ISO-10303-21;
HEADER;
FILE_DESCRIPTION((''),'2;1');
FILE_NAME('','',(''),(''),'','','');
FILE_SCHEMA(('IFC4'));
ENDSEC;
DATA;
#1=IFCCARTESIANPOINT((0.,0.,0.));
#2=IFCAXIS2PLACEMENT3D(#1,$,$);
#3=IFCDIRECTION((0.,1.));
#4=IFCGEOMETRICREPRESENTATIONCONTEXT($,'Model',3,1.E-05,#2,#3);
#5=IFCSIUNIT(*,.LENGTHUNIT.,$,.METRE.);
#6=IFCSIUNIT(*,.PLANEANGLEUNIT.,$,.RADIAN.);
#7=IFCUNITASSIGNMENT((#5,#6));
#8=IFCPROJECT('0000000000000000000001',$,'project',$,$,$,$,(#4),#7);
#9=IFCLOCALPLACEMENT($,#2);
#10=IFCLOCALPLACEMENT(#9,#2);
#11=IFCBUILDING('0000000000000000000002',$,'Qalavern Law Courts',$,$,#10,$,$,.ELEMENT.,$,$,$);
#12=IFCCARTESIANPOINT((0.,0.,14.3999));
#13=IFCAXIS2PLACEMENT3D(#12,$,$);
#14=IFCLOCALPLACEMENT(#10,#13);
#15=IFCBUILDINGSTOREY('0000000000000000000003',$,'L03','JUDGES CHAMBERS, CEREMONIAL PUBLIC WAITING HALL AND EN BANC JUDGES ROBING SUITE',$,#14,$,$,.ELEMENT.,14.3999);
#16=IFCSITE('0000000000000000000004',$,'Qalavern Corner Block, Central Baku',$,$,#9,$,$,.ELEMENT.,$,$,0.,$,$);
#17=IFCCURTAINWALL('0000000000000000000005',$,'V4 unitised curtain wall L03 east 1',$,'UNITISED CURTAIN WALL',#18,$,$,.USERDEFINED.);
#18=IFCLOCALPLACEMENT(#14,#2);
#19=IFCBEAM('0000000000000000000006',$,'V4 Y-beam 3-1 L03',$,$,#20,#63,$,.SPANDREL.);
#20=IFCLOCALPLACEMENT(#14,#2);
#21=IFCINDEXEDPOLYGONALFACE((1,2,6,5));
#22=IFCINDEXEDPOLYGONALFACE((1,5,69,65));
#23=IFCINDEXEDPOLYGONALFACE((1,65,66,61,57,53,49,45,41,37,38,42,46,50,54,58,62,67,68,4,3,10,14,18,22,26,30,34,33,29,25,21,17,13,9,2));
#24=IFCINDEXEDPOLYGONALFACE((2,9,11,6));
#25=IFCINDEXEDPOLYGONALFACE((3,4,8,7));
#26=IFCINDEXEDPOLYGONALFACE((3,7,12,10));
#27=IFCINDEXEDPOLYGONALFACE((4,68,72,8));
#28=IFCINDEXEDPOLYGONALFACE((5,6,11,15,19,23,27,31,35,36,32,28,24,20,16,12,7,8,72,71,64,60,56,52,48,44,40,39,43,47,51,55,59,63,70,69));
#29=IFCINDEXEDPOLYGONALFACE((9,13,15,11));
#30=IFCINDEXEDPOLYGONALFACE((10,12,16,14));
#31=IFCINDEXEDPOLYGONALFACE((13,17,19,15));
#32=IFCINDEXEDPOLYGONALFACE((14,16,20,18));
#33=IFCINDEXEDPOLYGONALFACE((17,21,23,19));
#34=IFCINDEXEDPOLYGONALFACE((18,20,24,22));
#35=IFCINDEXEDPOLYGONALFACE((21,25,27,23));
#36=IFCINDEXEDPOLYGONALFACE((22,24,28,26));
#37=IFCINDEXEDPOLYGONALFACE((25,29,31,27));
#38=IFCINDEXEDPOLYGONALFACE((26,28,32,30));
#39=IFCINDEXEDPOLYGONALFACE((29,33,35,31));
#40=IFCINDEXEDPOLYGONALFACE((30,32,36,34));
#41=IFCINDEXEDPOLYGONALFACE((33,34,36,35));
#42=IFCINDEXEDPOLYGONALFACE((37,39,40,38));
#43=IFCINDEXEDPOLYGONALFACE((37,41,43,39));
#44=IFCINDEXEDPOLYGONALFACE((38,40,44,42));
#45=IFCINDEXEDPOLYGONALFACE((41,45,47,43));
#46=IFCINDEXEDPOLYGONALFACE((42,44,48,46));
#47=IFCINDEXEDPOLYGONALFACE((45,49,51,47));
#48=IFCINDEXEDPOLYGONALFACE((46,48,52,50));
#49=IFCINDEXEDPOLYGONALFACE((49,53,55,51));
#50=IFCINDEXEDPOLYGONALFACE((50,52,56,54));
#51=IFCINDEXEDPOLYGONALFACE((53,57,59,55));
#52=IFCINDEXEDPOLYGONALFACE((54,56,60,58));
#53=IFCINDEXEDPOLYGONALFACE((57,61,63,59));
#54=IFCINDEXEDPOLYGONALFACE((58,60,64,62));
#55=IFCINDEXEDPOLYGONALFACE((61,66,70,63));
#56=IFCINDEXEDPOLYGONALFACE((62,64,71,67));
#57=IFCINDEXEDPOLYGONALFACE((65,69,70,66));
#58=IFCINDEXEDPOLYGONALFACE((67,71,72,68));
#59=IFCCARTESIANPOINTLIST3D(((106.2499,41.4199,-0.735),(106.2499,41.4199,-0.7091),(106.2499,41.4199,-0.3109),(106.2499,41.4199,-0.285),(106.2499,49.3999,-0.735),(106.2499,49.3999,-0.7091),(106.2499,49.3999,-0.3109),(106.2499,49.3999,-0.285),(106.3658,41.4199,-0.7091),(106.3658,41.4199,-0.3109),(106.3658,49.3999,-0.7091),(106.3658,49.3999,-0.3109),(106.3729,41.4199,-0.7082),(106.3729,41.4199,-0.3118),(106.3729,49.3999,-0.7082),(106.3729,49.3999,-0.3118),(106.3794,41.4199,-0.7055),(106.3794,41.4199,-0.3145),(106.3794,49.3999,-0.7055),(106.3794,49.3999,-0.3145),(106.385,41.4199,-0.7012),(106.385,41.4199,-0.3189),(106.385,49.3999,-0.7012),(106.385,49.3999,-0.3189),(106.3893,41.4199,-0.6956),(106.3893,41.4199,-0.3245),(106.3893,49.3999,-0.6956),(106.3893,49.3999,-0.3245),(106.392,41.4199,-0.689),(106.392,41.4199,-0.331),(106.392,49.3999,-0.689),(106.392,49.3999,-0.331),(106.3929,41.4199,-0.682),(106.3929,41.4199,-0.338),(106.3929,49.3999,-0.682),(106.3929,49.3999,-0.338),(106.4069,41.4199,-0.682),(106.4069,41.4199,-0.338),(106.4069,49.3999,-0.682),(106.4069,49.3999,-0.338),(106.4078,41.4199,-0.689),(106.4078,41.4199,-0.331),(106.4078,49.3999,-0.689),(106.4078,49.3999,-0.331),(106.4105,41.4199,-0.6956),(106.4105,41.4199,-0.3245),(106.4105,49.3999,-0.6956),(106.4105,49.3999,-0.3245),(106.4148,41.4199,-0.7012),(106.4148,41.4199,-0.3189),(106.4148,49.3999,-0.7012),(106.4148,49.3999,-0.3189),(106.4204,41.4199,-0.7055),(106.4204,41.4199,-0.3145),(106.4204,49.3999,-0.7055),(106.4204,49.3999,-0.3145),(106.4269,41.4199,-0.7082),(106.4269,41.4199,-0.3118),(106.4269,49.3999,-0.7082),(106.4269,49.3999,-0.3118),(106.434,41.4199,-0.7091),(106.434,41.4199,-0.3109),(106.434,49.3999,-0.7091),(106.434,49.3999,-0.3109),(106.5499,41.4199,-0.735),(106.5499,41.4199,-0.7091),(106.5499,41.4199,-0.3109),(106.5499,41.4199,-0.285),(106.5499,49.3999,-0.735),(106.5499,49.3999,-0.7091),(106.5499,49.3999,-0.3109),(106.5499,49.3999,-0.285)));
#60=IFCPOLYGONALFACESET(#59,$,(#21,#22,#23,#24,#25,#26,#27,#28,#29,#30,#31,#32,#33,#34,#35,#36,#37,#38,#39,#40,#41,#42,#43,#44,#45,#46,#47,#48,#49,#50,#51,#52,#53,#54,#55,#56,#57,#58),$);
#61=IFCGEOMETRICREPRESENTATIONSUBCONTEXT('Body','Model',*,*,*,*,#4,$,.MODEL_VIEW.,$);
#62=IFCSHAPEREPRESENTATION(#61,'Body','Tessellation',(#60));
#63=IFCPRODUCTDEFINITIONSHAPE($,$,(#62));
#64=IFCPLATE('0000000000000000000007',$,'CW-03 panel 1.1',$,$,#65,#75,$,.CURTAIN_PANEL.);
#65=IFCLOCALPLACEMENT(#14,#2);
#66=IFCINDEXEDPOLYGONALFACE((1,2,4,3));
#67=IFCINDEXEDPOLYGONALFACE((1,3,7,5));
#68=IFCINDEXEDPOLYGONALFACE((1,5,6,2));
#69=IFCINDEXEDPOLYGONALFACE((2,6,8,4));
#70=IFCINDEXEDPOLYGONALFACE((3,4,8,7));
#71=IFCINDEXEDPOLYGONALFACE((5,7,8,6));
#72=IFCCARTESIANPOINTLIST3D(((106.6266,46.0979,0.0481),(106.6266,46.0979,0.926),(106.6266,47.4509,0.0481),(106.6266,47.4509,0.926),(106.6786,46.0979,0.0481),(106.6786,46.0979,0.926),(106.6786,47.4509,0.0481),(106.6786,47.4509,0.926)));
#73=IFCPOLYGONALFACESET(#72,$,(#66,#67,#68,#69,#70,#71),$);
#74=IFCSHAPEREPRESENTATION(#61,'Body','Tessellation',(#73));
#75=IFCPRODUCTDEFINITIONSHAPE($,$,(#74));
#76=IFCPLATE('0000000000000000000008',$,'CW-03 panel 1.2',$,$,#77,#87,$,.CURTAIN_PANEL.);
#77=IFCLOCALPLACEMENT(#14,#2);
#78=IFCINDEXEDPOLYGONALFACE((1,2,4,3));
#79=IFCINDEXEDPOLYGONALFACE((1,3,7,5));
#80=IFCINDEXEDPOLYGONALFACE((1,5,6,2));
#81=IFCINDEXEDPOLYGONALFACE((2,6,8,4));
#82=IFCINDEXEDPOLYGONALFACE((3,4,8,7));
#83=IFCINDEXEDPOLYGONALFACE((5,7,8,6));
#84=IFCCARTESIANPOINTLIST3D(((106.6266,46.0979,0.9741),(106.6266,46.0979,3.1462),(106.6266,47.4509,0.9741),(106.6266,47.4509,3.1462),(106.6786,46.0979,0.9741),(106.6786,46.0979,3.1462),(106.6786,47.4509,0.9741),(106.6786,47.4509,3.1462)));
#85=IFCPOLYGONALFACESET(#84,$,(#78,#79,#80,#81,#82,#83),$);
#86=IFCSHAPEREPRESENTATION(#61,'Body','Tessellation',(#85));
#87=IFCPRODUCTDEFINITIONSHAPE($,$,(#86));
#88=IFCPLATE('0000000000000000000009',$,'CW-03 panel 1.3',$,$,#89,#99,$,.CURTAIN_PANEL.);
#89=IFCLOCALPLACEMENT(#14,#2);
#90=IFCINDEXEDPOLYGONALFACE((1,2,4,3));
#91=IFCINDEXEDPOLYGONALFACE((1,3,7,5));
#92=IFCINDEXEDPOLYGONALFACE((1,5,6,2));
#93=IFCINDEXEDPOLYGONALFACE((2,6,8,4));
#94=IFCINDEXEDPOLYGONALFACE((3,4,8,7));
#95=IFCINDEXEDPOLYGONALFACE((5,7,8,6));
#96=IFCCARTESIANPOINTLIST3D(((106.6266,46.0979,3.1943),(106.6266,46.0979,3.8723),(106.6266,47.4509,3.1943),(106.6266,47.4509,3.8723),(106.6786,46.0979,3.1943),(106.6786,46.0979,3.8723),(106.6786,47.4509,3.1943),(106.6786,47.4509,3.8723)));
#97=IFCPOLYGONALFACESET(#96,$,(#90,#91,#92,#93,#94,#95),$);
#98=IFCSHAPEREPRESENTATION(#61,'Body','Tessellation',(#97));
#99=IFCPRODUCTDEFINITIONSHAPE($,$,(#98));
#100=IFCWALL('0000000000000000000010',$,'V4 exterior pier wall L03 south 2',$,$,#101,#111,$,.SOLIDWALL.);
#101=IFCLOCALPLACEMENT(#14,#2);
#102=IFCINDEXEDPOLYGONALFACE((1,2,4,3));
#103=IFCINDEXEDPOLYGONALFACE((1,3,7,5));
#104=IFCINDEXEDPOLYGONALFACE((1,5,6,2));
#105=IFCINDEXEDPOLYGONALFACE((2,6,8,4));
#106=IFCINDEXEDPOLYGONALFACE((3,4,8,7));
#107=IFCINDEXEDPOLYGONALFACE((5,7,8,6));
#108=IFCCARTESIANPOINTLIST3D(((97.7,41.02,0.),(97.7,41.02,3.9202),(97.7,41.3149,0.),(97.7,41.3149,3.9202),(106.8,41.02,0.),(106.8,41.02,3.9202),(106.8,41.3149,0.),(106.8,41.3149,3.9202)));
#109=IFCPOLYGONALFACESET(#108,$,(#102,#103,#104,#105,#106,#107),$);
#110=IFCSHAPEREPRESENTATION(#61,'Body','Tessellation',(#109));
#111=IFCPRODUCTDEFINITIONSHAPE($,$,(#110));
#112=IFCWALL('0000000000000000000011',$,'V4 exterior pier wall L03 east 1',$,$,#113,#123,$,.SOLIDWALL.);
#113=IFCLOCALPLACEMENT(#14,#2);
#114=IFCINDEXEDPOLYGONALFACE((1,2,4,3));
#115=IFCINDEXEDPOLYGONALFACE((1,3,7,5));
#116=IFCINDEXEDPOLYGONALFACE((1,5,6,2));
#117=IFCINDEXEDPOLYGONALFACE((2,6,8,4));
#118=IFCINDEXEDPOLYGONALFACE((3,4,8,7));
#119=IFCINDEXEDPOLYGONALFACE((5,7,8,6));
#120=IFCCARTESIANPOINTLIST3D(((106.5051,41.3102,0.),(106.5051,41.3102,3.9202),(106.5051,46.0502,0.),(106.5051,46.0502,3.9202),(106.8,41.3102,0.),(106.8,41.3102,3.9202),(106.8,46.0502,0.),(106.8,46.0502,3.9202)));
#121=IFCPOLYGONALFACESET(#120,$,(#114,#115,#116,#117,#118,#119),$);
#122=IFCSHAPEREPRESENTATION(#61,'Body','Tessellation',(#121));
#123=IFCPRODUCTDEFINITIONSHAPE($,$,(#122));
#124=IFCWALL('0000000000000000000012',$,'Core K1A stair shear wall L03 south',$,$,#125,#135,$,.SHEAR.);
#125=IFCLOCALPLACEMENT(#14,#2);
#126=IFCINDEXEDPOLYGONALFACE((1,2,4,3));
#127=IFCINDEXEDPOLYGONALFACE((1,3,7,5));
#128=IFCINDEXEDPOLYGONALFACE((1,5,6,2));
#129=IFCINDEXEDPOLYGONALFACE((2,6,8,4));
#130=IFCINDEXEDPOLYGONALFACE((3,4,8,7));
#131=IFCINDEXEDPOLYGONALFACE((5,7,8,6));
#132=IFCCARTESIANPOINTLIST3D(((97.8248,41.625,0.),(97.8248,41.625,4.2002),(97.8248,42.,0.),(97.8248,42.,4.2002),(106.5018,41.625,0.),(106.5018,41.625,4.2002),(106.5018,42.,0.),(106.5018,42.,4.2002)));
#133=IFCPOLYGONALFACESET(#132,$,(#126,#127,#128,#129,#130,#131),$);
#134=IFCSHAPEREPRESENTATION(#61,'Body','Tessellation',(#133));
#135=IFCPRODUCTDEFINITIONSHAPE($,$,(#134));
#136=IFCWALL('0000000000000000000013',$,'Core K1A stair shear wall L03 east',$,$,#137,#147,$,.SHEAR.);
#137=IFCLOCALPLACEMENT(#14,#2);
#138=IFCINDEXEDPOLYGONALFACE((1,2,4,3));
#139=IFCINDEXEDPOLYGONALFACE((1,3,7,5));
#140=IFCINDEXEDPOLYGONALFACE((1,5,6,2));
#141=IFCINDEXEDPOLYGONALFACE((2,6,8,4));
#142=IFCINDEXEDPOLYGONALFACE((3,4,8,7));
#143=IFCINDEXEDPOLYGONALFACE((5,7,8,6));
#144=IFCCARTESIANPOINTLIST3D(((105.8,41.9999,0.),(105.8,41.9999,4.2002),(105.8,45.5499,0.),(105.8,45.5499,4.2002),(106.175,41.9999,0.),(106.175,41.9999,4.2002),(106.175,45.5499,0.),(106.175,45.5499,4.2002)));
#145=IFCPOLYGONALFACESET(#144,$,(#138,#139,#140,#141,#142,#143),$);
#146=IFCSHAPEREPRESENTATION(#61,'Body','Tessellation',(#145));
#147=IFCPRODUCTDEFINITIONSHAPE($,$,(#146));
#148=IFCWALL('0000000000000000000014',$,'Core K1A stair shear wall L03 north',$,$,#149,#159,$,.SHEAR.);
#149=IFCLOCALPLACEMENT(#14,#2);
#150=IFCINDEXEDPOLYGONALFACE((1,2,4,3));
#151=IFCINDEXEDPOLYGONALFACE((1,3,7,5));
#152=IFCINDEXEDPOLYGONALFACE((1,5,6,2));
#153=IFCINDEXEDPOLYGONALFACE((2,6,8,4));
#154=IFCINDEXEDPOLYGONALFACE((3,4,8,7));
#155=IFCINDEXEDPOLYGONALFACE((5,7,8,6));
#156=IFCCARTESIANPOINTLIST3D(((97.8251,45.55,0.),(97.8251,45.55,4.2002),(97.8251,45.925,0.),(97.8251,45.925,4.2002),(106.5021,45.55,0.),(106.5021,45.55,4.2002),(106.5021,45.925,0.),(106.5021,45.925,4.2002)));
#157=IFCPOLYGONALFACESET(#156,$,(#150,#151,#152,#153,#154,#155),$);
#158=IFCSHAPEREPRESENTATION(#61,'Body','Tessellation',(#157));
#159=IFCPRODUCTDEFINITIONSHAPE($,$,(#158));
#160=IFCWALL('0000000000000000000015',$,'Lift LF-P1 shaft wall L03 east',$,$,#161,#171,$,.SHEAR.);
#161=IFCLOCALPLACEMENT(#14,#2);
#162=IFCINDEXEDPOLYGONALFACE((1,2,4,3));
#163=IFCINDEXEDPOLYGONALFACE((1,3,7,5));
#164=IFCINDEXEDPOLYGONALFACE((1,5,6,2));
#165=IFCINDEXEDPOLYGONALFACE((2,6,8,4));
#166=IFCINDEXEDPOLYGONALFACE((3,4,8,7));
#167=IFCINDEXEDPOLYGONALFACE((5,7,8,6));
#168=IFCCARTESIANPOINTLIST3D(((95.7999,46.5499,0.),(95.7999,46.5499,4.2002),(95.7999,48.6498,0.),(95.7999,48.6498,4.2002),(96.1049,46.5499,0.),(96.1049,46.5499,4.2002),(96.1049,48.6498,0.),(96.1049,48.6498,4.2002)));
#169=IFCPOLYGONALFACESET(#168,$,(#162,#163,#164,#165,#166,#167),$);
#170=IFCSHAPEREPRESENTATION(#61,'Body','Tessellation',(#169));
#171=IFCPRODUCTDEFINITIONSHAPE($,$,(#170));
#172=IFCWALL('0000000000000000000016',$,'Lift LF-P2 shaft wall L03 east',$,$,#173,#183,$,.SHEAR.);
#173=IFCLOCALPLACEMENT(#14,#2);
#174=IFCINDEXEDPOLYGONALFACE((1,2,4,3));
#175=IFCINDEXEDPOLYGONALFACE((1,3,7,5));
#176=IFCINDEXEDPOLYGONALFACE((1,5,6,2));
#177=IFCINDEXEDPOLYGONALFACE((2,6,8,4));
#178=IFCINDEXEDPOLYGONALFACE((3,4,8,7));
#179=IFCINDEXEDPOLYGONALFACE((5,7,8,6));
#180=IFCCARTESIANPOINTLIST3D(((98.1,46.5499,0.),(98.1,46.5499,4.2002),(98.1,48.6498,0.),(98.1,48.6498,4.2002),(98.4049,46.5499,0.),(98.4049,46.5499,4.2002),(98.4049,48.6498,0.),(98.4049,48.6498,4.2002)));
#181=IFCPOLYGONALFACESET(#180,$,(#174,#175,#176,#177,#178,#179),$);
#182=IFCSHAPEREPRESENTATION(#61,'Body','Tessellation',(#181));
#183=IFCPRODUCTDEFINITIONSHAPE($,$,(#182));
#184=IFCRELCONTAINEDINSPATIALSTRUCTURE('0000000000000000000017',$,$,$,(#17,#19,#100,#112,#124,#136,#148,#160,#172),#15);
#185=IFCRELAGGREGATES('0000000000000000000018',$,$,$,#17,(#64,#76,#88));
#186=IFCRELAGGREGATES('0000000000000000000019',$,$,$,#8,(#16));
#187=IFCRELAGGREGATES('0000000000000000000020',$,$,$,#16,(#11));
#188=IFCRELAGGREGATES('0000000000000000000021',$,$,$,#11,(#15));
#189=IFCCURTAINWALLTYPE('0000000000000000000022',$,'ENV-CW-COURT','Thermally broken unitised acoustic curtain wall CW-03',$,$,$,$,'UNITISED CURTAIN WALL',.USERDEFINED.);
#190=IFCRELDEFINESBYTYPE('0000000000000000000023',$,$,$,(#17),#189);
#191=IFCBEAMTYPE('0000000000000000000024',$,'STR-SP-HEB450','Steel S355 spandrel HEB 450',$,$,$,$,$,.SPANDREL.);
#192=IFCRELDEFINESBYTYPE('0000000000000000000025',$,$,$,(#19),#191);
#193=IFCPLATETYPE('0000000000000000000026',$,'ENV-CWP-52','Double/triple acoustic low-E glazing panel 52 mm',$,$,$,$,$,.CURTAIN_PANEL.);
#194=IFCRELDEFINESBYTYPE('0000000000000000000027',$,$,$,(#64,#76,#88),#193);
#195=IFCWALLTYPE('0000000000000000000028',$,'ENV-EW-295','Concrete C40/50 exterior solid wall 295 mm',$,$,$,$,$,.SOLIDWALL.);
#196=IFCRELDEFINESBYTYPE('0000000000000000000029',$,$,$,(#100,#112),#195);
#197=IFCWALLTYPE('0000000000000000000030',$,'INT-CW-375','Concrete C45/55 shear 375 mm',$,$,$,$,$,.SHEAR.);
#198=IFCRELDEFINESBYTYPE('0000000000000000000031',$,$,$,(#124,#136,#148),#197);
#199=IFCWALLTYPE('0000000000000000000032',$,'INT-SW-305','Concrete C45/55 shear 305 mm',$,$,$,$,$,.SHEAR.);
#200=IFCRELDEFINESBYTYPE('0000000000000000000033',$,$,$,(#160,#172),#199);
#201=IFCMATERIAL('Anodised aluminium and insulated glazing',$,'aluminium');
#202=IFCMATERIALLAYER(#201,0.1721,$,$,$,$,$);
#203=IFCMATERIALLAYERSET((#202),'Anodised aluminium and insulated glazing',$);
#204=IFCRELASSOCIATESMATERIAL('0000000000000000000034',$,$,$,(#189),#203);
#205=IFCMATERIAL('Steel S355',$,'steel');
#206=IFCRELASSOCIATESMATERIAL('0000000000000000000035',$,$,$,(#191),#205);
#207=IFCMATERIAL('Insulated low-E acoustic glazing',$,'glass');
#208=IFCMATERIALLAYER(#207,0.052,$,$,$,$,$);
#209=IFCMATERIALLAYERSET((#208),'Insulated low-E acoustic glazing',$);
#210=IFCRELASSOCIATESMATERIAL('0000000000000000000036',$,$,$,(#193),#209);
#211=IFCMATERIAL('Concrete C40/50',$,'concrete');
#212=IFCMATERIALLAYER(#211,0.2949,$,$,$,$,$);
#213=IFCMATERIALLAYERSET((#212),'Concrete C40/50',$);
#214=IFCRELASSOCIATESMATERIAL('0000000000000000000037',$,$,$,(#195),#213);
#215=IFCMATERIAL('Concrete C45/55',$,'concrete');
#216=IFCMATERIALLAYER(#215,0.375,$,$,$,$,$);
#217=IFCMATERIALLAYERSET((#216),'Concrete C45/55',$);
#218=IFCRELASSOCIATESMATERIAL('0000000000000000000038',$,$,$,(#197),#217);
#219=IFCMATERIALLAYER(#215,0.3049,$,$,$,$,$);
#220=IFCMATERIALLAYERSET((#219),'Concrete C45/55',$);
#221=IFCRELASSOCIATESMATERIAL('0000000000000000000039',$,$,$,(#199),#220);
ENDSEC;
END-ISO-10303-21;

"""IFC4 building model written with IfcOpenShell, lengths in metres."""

from ifc_helpers import new_model, si_unit, direction, frame, frame_2d, origin, origin_2d, place, context, subcontext, project, spatial, rectangle, i_section, extrude, material, layer, layer_set, material_profile, profile_set, type_object, element, aggregate, save


model = new_model("IFC4")

# Units and contexts
model_context = context("Model", 3, precision=1e-05, world=origin(), true_north=direction((0.0, 1.0)))
body_context = subcontext(model_context, "Body", "Model", "MODEL_VIEW")
ifc_project = project(units=[si_unit("LENGTHUNIT", "METRE"), si_unit("PLANEANGLEUNIT", "RADIAN")], contexts=[model_context])

# Site, building, storey
site_placement = place(None, origin())
site = spatial("IfcSite", under=ifc_project, at=site_placement, Name="Qalavern Corner Block, Central Baku", CompositionType="ELEMENT", RefElevation=0.0)
building_placement = place(site_placement, origin())
building = spatial("IfcBuilding", under=site, at=building_placement, Name="Qalavern Law Courts", CompositionType="ELEMENT")
storey_placement = place(building_placement, frame((0.0, 0.0, 14.3999)))
storey = spatial("IfcBuildingStorey", under=building, at=storey_placement, Name="L03", Description="JUDGES CHAMBERS, CEREMONIAL PUBLIC WAITING HALL AND EN BANC JUDGES ROBING SUITE", CompositionType="ELEMENT", Elevation=14.3999)

# Shared definitions
ifc_material_1 = material(Name="Concrete C45/55", Category="concrete")

# Curtain wall
ifc_material_2 = material(Name="Anodised aluminium and insulated glazing", Category="aluminium")
ifc_layer_1 = layer(ifc_material_2, 0.1721)
ifc_layer_set_1 = layer_set([ifc_layer_1], Name="Anodised aluminium and insulated glazing")
curtain_wall_type = type_object("IfcCurtainWallType", Name="ENV-CW-COURT", Description="Thermally broken unitised acoustic curtain wall CW-03", ElementType="UNITISED CURTAIN WALL", PredefinedType="USERDEFINED", material=ifc_layer_set_1)
curtain_wall_placement = place(storey_placement, origin())
curtain_wall = element("IfcCurtainWall", 1, at=curtain_wall_placement, inside=storey, type_object=curtain_wall_type, Name="V4 unitised curtain wall L03 east 1", ObjectType="UNITISED CURTAIN WALL", PredefinedType="USERDEFINED")

# Beam
ifc_material_3 = material(Name="Steel S355", Category="steel")
ifc_material_profile_1 = material_profile(ifc_material_3, i_section(OverallWidth=0.3, OverallDepth=0.45, WebThickness=0.0139, FlangeThickness=0.0259, FilletRadius=0.0271, at=origin_2d()), Name="HEB 450")
ifc_profile_set_1 = profile_set([ifc_material_profile_1], Name="Steel S355")
beam_type = type_object("IfcBeamType", Name="STR-SP-HEB450", Description="Steel S355 spandrel HEB 450", PredefinedType="SPANDREL", material=ifc_profile_set_1)
beam_placement = place(storey_placement, frame((106.3999, 41.4199, -0.51), z_axis=(0.0, 1.0, 0.0), x_axis=(-1.0, 0.0, 0.0)))
element("IfcBeam", 2, at=beam_placement, inside=storey, type_object=beam_type, Name="V4 Y-beam 3-1 L03", PredefinedType="SPANDREL", context=body_context, shape_type="SweptSolid", body=[
    extrude(i_section(OverallWidth=0.3, OverallDepth=0.45, WebThickness=0.0139, FlangeThickness=0.0259, FilletRadius=0.0271, at=origin_2d()), origin(), (0.0, 0.0, 1.0), 7.98),
])

# Plates
ifc_material_4 = material(Name="Insulated low-E acoustic glazing", Category="glass")
ifc_layer_2 = layer(ifc_material_4, 0.052)
ifc_layer_set_2 = layer_set([ifc_layer_2], Name="Insulated low-E acoustic glazing")
plate_type = type_object("IfcPlateType", Name="ENV-CWP-52", Description="Double/triple acoustic low-E glazing panel 52 mm", PredefinedType="CURTAIN_PANEL", material=ifc_layer_set_2)
plate_1_placement = place(storey_placement, frame((106.6526, 46.7744, 0.0481), z_axis=(0.0, 0.0, 1.0), x_axis=(0.0, 1.0, 0.0)))
plate_1 = element("IfcPlate", 3, at=plate_1_placement, type_object=plate_type, Name="CW-03 panel 1.1", PredefinedType="CURTAIN_PANEL", context=body_context, shape_type="SweptSolid", body=[
    extrude(rectangle(XDim=1.353, YDim=0.052, at=origin_2d()), origin(), (0.0, 0.0, 1.0), 0.8779),
])
plate_2_placement = place(storey_placement, frame((106.6526, 46.7744, 0.9741), z_axis=(0.0, 0.0, 1.0), x_axis=(0.0, 1.0, 0.0)))
plate_2 = element("IfcPlate", 4, at=plate_2_placement, type_object=plate_type, Name="CW-03 panel 1.2", PredefinedType="CURTAIN_PANEL", context=body_context, shape_type="SweptSolid", body=[
    extrude(rectangle(XDim=1.353, YDim=0.052, at=origin_2d()), origin(), (0.0, 0.0, 1.0), 2.1721),
])
plate_3_placement = place(storey_placement, frame((106.6526, 46.7744, 3.1943), z_axis=(0.0, 0.0, 1.0), x_axis=(0.0, 1.0, 0.0)))
plate_3 = element("IfcPlate", 5, at=plate_3_placement, type_object=plate_type, Name="CW-03 panel 1.3", PredefinedType="CURTAIN_PANEL", context=body_context, shape_type="SweptSolid", body=[
    extrude(rectangle(XDim=1.353, YDim=0.052, at=origin_2d()), origin(), (0.0, 0.0, 1.0), 0.678),
])
aggregate(curtain_wall, [plate_1, plate_2, plate_3])

# Walls
ifc_material_5 = material(Name="Concrete C40/50", Category="concrete")
ifc_layer_3 = layer(ifc_material_5, 0.2949)
ifc_layer_set_3 = layer_set([ifc_layer_3], Name="Concrete C40/50")
wall_type_1 = type_object("IfcWallType", Name="ENV-EW-295", Description="Concrete C40/50 exterior solid wall 295 mm", PredefinedType="SOLIDWALL", material=ifc_layer_set_3)
wall_1_placement = place(storey_placement, frame((97.7, 41.1675, 0.0), z_axis=(0.0, 0.0, 1.0), x_axis=(1.0, 0.0, 0.0)))
element("IfcWall", 6, at=wall_1_placement, inside=storey, type_object=wall_type_1, Name="V4 exterior pier wall L03 south 2", PredefinedType="SOLIDWALL", context=body_context, shape_type="SweptSolid", body=[
    extrude(rectangle(XDim=9.1001, YDim=0.2949, at=frame_2d((4.55, 0.0))), origin(), (0.0, 0.0, 1.0), 3.9202),
])
wall_2_placement = place(storey_placement, frame((106.6526, 41.3101, 0.0), z_axis=(0.0, 0.0, 1.0), x_axis=(0.0, 1.0, 0.0)))
element("IfcWall", 7, at=wall_2_placement, inside=storey, type_object=wall_type_1, Name="V4 exterior pier wall L03 east 1", PredefinedType="SOLIDWALL", context=body_context, shape_type="SweptSolid", body=[
    extrude(rectangle(XDim=4.74, YDim=0.2949, at=frame_2d((2.3701, 0.0))), origin(), (0.0, 0.0, 1.0), 3.9202),
])
ifc_layer_4 = layer(ifc_material_1, 0.375)
ifc_layer_set_4 = layer_set([ifc_layer_4], Name="Concrete C45/55")
wall_type_2 = type_object("IfcWallType", Name="INT-CW-375", Description="Concrete C45/55 shear 375 mm", PredefinedType="SHEAR", material=ifc_layer_set_4)
wall_3_placement = place(storey_placement, frame((97.825, 41.8125, 0.0), z_axis=(0.0, 0.0, 1.0), x_axis=(1.0, 0.0, 0.0)))
element("IfcWall", 8, at=wall_3_placement, inside=storey, type_object=wall_type_2, Name="Core K1A stair shear wall L03 south", PredefinedType="SHEAR", context=body_context, shape_type="SweptSolid", body=[
    extrude(rectangle(XDim=8.677, YDim=0.375, at=frame_2d((4.3384, 0.0))), origin(), (0.0, 0.0, 1.0), 4.2002),
])
wall_4_placement = place(storey_placement, frame((105.9875, 42.0, 0.0), z_axis=(0.0, 0.0, 1.0), x_axis=(0.0, 1.0, 0.0)))
element("IfcWall", 9, at=wall_4_placement, inside=storey, type_object=wall_type_2, Name="Core K1A stair shear wall L03 east", PredefinedType="SHEAR", context=body_context, shape_type="SweptSolid", body=[
    extrude(rectangle(XDim=3.55, YDim=0.375, at=frame_2d((1.7749, 0.0))), origin(), (0.0, 0.0, 1.0), 4.2002),
])
wall_5_placement = place(storey_placement, frame((106.502, 45.7375, 0.0), z_axis=(0.0, 0.0, 1.0), x_axis=(-1.0, 0.0, 0.0)))
element("IfcWall", 10, at=wall_5_placement, inside=storey, type_object=wall_type_2, Name="Core K1A stair shear wall L03 north", PredefinedType="SHEAR", context=body_context, shape_type="SweptSolid", body=[
    extrude(rectangle(XDim=8.677, YDim=0.375, at=frame_2d((4.3384, 0.0))), origin(), (0.0, 0.0, 1.0), 4.2002),
])

# Walls
ifc_layer_5 = layer(ifc_material_1, 0.3049)
ifc_layer_set_5 = layer_set([ifc_layer_5], Name="Concrete C45/55")
wall_type_3 = type_object("IfcWallType", Name="INT-SW-305", Description="Concrete C45/55 shear 305 mm", PredefinedType="SHEAR", material=ifc_layer_set_5)
for number, where, z_axis, x_axis, name in (
    (11, (95.9524, 46.55, 0.0), (0.0, 0.0, 1.0), (0.0, 1.0, 0.0), "Lift LF-P1 shaft wall L03 east"),
    (12, (98.2524, 46.55, 0.0), (0.0, 0.0, 1.0), (0.0, 1.0, 0.0), "Lift LF-P2 shaft wall L03 east"),
):
    element("IfcWall", number, at=place(storey_placement, frame(where, z_axis=z_axis, x_axis=x_axis)), inside=storey, type_object=wall_type_3, Name=name, PredefinedType="SHEAR", context=body_context, shape_type="SweptSolid", body=[
        extrude(rectangle(XDim=2.0999, YDim=0.3049, at=frame_2d((1.0498, 0.0))), origin(), (0.0, 0.0, 1.0), 4.2002),
    ])

save(model, "model.ifc")
